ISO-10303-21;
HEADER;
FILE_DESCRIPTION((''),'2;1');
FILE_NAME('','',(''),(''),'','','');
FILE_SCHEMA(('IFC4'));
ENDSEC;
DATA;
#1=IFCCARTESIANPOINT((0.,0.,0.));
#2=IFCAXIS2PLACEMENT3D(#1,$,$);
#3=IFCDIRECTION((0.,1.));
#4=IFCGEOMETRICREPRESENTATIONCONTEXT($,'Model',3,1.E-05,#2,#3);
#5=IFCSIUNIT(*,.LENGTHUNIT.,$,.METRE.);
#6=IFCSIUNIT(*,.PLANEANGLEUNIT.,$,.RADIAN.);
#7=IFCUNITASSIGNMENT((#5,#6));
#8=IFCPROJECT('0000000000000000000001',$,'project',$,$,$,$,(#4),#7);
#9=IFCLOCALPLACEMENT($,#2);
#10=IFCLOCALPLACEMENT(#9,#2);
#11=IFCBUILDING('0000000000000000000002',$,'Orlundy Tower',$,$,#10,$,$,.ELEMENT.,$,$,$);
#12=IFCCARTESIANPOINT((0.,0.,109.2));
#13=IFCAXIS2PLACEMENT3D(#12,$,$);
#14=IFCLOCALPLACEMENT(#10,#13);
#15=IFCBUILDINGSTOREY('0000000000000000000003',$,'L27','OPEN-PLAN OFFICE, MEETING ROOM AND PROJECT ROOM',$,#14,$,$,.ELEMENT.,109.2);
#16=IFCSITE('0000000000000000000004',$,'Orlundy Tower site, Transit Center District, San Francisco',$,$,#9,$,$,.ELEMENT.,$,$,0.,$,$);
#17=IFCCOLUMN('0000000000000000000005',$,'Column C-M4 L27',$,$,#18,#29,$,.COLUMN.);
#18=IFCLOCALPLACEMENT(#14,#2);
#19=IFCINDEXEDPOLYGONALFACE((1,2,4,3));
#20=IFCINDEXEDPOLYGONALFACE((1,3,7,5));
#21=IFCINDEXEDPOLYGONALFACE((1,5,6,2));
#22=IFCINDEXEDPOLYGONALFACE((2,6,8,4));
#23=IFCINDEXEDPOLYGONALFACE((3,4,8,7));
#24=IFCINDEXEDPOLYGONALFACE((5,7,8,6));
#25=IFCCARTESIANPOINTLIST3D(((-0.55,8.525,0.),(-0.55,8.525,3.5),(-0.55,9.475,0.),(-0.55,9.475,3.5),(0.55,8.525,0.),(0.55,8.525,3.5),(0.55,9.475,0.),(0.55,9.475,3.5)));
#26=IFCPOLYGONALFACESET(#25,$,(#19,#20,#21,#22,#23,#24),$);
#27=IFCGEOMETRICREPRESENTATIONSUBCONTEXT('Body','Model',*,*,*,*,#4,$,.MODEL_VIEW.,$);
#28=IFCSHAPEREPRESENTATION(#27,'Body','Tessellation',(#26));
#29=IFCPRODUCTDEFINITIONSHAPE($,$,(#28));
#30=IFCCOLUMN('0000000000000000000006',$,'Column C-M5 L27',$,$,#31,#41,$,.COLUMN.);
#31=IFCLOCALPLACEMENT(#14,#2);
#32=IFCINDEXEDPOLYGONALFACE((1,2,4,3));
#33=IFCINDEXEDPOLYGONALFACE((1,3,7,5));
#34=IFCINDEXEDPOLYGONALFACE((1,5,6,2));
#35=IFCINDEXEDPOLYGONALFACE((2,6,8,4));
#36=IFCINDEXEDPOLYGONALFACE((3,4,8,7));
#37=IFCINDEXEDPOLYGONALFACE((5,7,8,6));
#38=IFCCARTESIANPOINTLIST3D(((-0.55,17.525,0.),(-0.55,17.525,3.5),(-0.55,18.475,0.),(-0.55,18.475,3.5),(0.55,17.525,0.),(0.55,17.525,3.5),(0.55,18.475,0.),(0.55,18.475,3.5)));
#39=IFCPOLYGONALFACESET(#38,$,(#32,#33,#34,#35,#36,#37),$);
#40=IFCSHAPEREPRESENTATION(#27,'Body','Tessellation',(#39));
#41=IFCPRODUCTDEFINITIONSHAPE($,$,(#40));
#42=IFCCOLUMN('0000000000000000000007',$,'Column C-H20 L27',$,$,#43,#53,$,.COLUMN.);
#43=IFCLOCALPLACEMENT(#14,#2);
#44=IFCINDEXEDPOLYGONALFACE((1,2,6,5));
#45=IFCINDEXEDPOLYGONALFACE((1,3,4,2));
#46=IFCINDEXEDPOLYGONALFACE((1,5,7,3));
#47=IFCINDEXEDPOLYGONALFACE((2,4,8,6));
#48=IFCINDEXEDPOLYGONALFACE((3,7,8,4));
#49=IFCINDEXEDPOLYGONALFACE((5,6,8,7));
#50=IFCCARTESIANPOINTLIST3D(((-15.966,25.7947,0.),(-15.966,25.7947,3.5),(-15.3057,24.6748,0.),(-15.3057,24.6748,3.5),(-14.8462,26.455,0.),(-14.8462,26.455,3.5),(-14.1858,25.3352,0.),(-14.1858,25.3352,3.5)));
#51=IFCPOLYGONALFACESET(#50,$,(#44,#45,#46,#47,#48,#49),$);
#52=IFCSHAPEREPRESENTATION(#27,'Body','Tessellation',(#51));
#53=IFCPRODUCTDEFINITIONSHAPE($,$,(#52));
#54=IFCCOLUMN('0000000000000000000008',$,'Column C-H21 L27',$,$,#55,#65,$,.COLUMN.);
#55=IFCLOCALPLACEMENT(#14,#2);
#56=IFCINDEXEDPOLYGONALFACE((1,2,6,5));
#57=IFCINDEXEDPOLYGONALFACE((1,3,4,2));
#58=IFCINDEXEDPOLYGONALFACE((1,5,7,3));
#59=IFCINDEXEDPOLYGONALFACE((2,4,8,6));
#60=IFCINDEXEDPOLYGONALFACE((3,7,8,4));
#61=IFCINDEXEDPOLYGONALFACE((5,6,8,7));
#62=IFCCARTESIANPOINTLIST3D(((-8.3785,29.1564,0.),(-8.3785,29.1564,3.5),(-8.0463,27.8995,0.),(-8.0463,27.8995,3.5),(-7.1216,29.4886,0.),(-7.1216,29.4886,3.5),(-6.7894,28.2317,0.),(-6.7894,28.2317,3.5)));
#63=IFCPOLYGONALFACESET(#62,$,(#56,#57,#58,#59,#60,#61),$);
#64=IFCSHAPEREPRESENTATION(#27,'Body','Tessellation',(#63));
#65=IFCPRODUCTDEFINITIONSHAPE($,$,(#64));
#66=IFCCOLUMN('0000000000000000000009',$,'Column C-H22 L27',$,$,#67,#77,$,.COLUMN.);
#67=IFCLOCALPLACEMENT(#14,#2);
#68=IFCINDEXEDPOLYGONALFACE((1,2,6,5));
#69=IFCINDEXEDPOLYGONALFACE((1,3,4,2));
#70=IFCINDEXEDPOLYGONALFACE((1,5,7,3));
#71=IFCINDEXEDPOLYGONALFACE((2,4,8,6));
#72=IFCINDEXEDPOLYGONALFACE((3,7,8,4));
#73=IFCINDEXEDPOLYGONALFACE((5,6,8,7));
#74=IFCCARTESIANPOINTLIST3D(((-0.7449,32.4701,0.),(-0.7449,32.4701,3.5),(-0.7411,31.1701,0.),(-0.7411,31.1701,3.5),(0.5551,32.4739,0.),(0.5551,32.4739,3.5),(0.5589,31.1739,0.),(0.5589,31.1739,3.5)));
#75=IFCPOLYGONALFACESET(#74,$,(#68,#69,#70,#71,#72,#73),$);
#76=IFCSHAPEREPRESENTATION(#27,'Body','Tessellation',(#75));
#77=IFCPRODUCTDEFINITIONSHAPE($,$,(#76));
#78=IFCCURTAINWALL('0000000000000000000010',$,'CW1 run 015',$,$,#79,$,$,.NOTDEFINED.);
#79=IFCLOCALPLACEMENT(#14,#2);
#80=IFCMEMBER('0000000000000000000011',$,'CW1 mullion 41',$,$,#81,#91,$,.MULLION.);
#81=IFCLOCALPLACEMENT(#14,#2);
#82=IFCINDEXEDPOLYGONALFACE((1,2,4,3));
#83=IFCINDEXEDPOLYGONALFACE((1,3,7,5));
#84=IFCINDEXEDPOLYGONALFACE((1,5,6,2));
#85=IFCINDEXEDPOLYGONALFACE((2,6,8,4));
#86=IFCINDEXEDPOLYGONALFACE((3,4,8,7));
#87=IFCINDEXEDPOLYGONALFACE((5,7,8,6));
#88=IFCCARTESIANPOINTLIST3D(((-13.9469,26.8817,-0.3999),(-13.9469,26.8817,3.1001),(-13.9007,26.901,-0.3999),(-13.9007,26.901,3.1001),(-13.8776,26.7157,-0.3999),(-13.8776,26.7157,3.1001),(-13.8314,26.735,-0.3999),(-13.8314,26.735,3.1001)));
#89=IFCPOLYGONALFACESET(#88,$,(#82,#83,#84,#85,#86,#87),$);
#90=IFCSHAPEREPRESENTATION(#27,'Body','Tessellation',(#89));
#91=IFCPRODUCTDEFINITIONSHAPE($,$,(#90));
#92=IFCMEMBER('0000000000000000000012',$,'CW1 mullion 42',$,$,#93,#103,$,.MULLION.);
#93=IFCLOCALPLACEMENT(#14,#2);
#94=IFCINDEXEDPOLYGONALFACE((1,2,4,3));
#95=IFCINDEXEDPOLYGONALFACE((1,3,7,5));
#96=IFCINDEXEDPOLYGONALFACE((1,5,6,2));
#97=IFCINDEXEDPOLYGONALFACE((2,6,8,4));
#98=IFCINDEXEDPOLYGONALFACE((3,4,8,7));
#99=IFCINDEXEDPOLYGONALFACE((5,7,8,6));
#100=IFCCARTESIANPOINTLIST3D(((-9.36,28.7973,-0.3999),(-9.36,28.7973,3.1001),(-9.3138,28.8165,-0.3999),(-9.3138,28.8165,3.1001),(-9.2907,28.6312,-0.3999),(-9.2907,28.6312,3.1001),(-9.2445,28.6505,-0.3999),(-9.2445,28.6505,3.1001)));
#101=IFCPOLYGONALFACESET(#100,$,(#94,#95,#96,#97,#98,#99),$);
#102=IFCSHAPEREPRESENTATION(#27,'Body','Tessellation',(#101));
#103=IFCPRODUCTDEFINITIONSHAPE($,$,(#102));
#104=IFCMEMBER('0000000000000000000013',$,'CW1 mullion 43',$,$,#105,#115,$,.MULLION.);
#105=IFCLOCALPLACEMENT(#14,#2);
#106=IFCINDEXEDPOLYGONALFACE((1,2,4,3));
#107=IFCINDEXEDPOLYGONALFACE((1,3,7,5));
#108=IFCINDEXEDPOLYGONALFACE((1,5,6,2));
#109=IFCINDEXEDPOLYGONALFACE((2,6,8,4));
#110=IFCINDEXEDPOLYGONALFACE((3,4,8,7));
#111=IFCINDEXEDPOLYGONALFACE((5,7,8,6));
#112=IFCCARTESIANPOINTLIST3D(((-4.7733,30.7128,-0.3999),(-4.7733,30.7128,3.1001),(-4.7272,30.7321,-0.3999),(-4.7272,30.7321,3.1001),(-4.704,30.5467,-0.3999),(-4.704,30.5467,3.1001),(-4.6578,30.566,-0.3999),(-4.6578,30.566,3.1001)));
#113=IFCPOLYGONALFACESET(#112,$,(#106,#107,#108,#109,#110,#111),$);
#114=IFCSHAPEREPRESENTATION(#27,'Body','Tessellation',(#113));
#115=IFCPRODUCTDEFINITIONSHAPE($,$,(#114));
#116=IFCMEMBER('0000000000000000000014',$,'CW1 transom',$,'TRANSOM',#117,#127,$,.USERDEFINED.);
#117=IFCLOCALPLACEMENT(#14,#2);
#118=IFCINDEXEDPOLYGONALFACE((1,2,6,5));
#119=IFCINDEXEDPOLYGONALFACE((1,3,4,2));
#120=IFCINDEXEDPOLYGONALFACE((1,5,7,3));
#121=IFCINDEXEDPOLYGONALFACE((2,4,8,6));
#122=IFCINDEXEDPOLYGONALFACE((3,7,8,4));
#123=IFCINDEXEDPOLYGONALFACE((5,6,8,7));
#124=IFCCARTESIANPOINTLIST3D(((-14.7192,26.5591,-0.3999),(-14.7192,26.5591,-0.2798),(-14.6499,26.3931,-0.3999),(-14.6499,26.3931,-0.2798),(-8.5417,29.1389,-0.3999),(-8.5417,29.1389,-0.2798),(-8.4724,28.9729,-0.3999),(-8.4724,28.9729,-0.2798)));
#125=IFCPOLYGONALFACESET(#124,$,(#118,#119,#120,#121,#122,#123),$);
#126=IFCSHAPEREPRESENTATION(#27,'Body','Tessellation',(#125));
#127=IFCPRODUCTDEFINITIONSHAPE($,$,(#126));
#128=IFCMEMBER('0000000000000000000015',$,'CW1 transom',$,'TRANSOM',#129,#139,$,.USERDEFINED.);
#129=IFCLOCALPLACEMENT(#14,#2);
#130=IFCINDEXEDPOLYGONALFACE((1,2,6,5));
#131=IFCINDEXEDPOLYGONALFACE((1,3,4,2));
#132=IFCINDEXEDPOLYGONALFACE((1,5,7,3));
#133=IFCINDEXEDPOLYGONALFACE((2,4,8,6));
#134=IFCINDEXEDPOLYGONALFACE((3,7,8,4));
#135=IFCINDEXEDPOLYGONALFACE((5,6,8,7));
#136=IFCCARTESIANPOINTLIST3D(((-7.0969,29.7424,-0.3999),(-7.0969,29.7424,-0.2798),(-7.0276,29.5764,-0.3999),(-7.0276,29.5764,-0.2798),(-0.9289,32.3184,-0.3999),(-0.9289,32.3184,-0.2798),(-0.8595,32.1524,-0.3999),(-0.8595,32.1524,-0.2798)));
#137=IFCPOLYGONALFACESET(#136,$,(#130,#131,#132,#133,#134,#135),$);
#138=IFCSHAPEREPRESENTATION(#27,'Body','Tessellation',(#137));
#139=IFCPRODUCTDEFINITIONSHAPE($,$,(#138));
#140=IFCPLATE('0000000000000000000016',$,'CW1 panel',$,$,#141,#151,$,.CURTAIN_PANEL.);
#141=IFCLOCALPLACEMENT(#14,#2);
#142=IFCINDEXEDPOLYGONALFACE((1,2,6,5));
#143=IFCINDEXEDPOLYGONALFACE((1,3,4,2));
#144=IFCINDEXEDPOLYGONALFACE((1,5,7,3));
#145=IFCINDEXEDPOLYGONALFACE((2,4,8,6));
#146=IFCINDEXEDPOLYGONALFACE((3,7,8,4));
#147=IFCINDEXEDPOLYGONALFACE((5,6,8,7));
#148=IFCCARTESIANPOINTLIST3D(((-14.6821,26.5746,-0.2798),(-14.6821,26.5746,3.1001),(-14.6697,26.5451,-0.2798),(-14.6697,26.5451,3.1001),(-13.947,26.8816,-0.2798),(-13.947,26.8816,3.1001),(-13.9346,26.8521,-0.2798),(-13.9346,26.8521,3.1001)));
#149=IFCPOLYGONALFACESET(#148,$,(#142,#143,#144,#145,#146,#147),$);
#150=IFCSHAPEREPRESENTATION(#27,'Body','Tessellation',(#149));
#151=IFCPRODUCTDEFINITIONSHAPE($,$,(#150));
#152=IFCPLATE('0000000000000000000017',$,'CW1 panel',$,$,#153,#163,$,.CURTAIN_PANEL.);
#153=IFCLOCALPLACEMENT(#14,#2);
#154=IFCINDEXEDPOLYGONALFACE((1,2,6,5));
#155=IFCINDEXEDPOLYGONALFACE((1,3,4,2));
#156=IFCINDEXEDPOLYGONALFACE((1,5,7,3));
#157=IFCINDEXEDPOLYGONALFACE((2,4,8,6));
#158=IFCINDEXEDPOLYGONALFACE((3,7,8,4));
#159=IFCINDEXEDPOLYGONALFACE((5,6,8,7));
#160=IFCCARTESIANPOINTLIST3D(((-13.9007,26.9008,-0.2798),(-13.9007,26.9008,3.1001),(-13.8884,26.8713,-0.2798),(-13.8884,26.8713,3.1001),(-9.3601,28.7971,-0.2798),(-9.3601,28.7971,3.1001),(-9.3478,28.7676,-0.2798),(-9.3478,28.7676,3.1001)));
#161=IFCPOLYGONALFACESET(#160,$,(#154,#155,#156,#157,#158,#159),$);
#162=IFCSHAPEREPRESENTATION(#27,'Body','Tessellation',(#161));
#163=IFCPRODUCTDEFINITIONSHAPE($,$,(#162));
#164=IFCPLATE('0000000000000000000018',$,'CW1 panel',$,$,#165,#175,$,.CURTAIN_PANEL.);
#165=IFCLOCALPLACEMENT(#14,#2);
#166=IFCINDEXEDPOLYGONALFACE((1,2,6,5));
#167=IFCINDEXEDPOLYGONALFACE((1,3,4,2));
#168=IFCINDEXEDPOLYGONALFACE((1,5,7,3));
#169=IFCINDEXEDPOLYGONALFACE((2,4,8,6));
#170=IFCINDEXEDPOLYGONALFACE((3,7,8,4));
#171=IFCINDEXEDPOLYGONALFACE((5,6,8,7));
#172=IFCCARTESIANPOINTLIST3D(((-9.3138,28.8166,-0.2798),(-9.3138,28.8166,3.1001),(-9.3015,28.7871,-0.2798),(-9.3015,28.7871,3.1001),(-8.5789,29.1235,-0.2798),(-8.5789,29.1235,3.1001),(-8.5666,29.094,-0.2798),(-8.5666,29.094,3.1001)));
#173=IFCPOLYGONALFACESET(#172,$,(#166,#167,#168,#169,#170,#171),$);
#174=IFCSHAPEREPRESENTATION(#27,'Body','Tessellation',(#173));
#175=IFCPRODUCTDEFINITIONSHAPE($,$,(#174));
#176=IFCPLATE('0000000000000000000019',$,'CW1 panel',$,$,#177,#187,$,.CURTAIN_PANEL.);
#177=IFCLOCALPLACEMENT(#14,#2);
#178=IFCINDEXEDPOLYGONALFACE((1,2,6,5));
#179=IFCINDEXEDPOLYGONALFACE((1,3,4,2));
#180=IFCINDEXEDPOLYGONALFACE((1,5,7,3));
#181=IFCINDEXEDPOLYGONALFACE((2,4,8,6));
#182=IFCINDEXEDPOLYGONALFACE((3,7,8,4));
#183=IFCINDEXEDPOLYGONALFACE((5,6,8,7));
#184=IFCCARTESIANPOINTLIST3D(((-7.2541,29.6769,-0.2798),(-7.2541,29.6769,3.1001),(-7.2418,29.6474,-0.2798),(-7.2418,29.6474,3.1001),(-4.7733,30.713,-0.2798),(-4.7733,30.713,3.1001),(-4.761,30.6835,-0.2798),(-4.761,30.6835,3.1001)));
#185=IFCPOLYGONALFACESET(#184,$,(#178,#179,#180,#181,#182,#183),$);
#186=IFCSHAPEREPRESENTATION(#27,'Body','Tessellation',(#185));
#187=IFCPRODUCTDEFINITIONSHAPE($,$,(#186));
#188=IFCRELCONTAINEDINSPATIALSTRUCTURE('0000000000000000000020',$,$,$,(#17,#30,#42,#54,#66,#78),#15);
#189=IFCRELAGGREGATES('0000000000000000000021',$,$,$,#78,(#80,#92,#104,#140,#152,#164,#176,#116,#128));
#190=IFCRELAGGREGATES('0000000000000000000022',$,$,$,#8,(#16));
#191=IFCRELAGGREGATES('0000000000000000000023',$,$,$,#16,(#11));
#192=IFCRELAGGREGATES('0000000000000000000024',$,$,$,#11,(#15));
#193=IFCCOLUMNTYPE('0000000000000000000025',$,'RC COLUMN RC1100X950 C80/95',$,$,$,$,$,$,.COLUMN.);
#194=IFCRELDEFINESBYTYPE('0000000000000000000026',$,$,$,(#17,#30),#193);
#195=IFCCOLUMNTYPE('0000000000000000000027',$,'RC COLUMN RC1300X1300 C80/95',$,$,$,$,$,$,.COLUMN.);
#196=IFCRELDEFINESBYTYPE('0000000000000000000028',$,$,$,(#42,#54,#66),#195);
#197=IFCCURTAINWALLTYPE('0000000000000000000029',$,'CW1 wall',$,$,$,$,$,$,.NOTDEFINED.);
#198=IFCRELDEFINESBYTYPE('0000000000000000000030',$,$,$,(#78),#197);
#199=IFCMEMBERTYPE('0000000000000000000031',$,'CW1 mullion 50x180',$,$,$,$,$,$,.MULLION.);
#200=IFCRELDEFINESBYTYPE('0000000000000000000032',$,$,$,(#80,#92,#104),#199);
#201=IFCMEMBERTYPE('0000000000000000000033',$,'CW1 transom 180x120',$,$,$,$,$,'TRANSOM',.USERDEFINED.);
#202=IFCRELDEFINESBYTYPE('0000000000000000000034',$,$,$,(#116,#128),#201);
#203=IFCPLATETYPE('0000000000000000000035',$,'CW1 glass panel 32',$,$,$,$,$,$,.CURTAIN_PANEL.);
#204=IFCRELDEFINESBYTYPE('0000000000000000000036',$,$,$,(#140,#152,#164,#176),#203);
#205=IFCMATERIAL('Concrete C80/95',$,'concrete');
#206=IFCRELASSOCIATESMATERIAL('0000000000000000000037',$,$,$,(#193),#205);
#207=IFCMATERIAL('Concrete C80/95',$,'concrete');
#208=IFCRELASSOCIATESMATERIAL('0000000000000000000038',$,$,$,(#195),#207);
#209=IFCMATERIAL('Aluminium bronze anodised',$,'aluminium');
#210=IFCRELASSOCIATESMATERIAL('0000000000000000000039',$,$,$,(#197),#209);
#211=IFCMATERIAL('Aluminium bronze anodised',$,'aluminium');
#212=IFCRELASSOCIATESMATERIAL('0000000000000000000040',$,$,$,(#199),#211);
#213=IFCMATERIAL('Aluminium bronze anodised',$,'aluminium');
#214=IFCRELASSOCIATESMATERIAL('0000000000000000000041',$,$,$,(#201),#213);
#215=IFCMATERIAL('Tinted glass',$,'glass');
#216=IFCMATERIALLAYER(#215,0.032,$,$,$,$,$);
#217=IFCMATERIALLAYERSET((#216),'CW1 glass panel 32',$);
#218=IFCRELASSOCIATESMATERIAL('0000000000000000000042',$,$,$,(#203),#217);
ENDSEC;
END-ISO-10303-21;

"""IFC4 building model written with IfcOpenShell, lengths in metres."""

from ifc_helpers import new_model, si_unit, direction, frame, origin, origin_2d, place, context, subcontext, project, spatial, rectangle, extrude, material, layer, layer_set, material_profile, profile_set, type_object, element, aggregate, save


model = new_model("IFC4")

# Units and contexts
model_context = context("Model", 3, precision=1e-05, world=origin(), true_north=direction((0.0, 1.0)))
body_context = subcontext(model_context, "Body", "Model", "MODEL_VIEW")
ifc_project = project(units=[si_unit("LENGTHUNIT", "METRE"), si_unit("PLANEANGLEUNIT", "RADIAN")], contexts=[model_context])

# Site, building, storey
site_placement = place(None, origin())
site = spatial("IfcSite", under=ifc_project, at=site_placement, Name="Orlundy Tower site, Transit Center District, San Francisco", CompositionType="ELEMENT", RefElevation=0.0)
building_placement = place(site_placement, origin())
building = spatial("IfcBuilding", under=site, at=building_placement, Name="Orlundy Tower", CompositionType="ELEMENT")
storey_placement = place(building_placement, frame((0.0, 0.0, 109.2)))
storey = spatial("IfcBuildingStorey", under=building, at=storey_placement, Name="L27", Description="OPEN-PLAN OFFICE, MEETING ROOM AND PROJECT ROOM", CompositionType="ELEMENT", Elevation=109.2)

# Columns
ifc_material_1 = material(Name="Concrete C80/95", Category="concrete")
ifc_material_profile_1 = material_profile(ifc_material_1, rectangle(XDim=1.1001, YDim=0.95, at=origin_2d()), Name="RC1100X950")
ifc_profile_set_1 = profile_set([ifc_material_profile_1], Name="Concrete C80/95")
column_type_1 = type_object("IfcColumnType", Name="RC COLUMN RC1100X950 C80/95", PredefinedType="COLUMN", material=ifc_profile_set_1)
for number, where, z_axis, x_axis, name in (
    (1, (0.0, 9.0, 0.0), (0.0, 0.0, 1.0), (1.0, 0.0, 0.0), "Column C-M4 L27"),
    (2, (0.0, 18.0, 0.0), (0.0, 0.0, 1.0), (1.0, 0.0, 0.0), "Column C-M5 L27"),
):
    element("IfcColumn", number, at=place(storey_placement, frame(where, z_axis=z_axis, x_axis=x_axis)), inside=storey, type_object=column_type_1, Name=name, PredefinedType="COLUMN", context=body_context, shape_type="SweptSolid", body=[
        extrude(rectangle(XDim=1.1001, YDim=0.95, at=origin_2d()), origin(), (0.0, 0.0, 1.0), 3.5),
    ])
ifc_material_2 = material(Name="Concrete C80/95", Category="concrete")
ifc_material_profile_2 = material_profile(ifc_material_2, rectangle(XDim=1.3, YDim=1.3, at=origin_2d()), Name="RC1300X1300")
ifc_profile_set_2 = profile_set([ifc_material_profile_2], Name="Concrete C80/95")
column_type_2 = type_object("IfcColumnType", Name="RC COLUMN RC1300X1300 C80/95", PredefinedType="COLUMN", material=ifc_profile_set_2)
for number, where, z_axis, x_axis, name in (
    (3, (-15.0759, 25.5649, 0.0), (0.0, 0.0, 1.0), (-0.507959, 0.861381, 0.0), "Column C-H20 L27"),
    (4, (-7.584, 28.6941, 0.0), (0.0, 0.0, 1.0), (-0.25553, 0.966801, 0.0), "Column C-H21 L27"),
    (5, (-0.093, 31.822, 0.0), (0.0, 0.0, 1.0), (-0.002915, 0.999996, 0.0), "Column C-H22 L27"),
):
    element("IfcColumn", number, at=place(storey_placement, frame(where, z_axis=z_axis, x_axis=x_axis)), inside=storey, type_object=column_type_2, Name=name, PredefinedType="COLUMN", context=body_context, shape_type="SweptSolid", body=[
        extrude(rectangle(XDim=1.3, YDim=1.3, at=origin_2d()), origin(), (0.0, 0.0, 1.0), 3.5),
    ])

# Curtain wall, members, plates
ifc_material_3 = material(Name="Aluminium bronze anodised", Category="aluminium")
curtain_wall_type = type_object("IfcCurtainWallType", Name="CW1 wall", PredefinedType="NOTDEFINED", material=ifc_material_3)
curtain_wall_placement = place(storey_placement, origin())
curtain_wall = element("IfcCurtainWall", 6, at=curtain_wall_placement, inside=storey, type_object=curtain_wall_type, Name="CW1 run 015", PredefinedType="NOTDEFINED")
ifc_material_4 = material(Name="Aluminium bronze anodised", Category="aluminium")
ifc_material_profile_3 = material_profile(ifc_material_4, rectangle(XDim=0.1799, YDim=0.05, at=origin_2d()), Name="CW1 mullion 50x180")
ifc_profile_set_3 = profile_set([ifc_material_profile_3], Name="Aluminium bronze anodised")
member_type_1 = type_object("IfcMemberType", Name="CW1 mullion 50x180", PredefinedType="MULLION", material=ifc_profile_set_3)
member_1_placement = place(storey_placement, frame((-13.8892, 26.8083, -0.3999), z_axis=(0.0, 0.0, 1.0), x_axis=(-0.385375, 0.92276, 0.0)))
member_1 = element("IfcMember", 7, at=member_1_placement, type_object=member_type_1, Name="CW1 mullion 41", PredefinedType="MULLION", context=body_context, shape_type="SweptSolid", body=[
    extrude(rectangle(XDim=0.1799, YDim=0.05, at=origin_2d()), origin(), (0.0, 0.0, 1.0), 3.5),
])
member_2_placement = place(storey_placement, frame((-9.3022, 28.7239, -0.3999), z_axis=(0.0, 0.0, 1.0), x_axis=(-0.385375, 0.92276, 0.0)))
member_2 = element("IfcMember", 8, at=member_2_placement, type_object=member_type_1, Name="CW1 mullion 42", PredefinedType="MULLION", context=body_context, shape_type="SweptSolid", body=[
    extrude(rectangle(XDim=0.1799, YDim=0.05, at=origin_2d()), origin(), (0.0, 0.0, 1.0), 3.5),
])
member_3_placement = place(storey_placement, frame((-4.7156, 30.6394, -0.3999), z_axis=(0.0, 0.0, 1.0), x_axis=(-0.385375, 0.92276, 0.0)))
member_3 = element("IfcMember", 9, at=member_3_placement, type_object=member_type_1, Name="CW1 mullion 43", PredefinedType="MULLION", context=body_context, shape_type="SweptSolid", body=[
    extrude(rectangle(XDim=0.1799, YDim=0.05, at=origin_2d()), origin(), (0.0, 0.0, 1.0), 3.5),
])
ifc_material_5 = material(Name="Aluminium bronze anodised", Category="aluminium")
ifc_material_profile_4 = material_profile(ifc_material_5, rectangle(XDim=0.1799, YDim=0.1201, at=origin_2d()), Name="CW1 transom 180x120")
ifc_profile_set_4 = profile_set([ifc_material_profile_4], Name="Aluminium bronze anodised")
member_type_2 = type_object("IfcMemberType", Name="CW1 transom 180x120", ElementType="TRANSOM", PredefinedType="USERDEFINED", material=ifc_profile_set_4)
member_4_placement = place(storey_placement, frame((-14.6846, 26.4761, -0.3398), z_axis=(0.922765, 0.385364, 0.0), x_axis=(-0.385364, 0.922765, 0.0)))
member_4 = element("IfcMember", 10, at=member_4_placement, type_object=member_type_2, Name="CW1 transom", ObjectType="TRANSOM", PredefinedType="USERDEFINED", context=body_context, shape_type="SweptSolid", body=[
    extrude(rectangle(XDim=0.1799, YDim=0.1201, at=origin_2d()), origin(), (0.0, 0.0, 1.0), 6.6946),
])
member_5_placement = place(storey_placement, frame((-7.0623, 29.6594, -0.3398), z_axis=(0.922761, 0.385373, 0.0), x_axis=(-0.385373, 0.922761, 0.0)))
member_5 = element("IfcMember", 11, at=member_5_placement, type_object=member_type_2, Name="CW1 transom", ObjectType="TRANSOM", PredefinedType="USERDEFINED", context=body_context, shape_type="SweptSolid", body=[
    extrude(rectangle(XDim=0.1799, YDim=0.1201, at=origin_2d()), origin(), (0.0, 0.0, 1.0), 6.6843),
])
ifc_material_6 = material(Name="Tinted glass", Category="glass")
ifc_layer_1 = layer(ifc_material_6, 0.032)
ifc_layer_set_1 = layer_set([ifc_layer_1], Name="CW1 glass panel 32")
plate_type = type_object("IfcPlateType", Name="CW1 glass panel 32", PredefinedType="CURTAIN_PANEL", material=ifc_layer_set_1)
plate_1_placement = place(storey_placement, frame((-14.3083, 26.7134, -0.2798), z_axis=(0.0, 0.0, 1.0), x_axis=(0.92276, 0.385375, 0.0)))
plate_1 = element("IfcPlate", 12, at=plate_1_placement, type_object=plate_type, Name="CW1 panel", PredefinedType="CURTAIN_PANEL", context=body_context, shape_type="SweptSolid", body=[
    extrude(rectangle(XDim=0.7966, YDim=0.032, at=origin_2d()), origin(), (0.0, 0.0, 1.0), 3.3799),
])
plate_2_placement = place(storey_placement, frame((-11.6243, 27.8342, -0.2798), z_axis=(0.0, 0.0, 1.0), x_axis=(0.92276, 0.385375, 0.0)))
plate_2 = element("IfcPlate", 13, at=plate_2_placement, type_object=plate_type, Name="CW1 panel", PredefinedType="CURTAIN_PANEL", context=body_context, shape_type="SweptSolid", body=[
    extrude(rectangle(XDim=4.9207, YDim=0.032, at=origin_2d()), origin(), (0.0, 0.0, 1.0), 3.3799),
])
plate_3_placement = place(storey_placement, frame((-8.9402, 28.9553, -0.2798), z_axis=(0.0, 0.0, 1.0), x_axis=(0.92276, 0.385375, 0.0)))
plate_3 = element("IfcPlate", 14, at=plate_3_placement, type_object=plate_type, Name="CW1 panel", PredefinedType="CURTAIN_PANEL", context=body_context, shape_type="SweptSolid", body=[
    extrude(rectangle(XDim=0.7964, YDim=0.032, at=origin_2d()), origin(), (0.0, 0.0, 1.0), 3.3799),
])
plate_4_placement = place(storey_placement, frame((-6.0076, 30.1802, -0.2798), z_axis=(0.0, 0.0, 1.0), x_axis=(0.92276, 0.385375, 0.0)))
plate_4 = element("IfcPlate", 15, at=plate_4_placement, type_object=plate_type, Name="CW1 panel", PredefinedType="CURTAIN_PANEL", context=body_context, shape_type="SweptSolid", body=[
    extrude(rectangle(XDim=2.6885, YDim=0.032, at=origin_2d()), origin(), (0.0, 0.0, 1.0), 3.3799),
])
aggregate(curtain_wall, [member_1, member_2, member_3, plate_1, plate_2, plate_3, plate_4, member_4, member_5])

save(model, "model.ifc")
